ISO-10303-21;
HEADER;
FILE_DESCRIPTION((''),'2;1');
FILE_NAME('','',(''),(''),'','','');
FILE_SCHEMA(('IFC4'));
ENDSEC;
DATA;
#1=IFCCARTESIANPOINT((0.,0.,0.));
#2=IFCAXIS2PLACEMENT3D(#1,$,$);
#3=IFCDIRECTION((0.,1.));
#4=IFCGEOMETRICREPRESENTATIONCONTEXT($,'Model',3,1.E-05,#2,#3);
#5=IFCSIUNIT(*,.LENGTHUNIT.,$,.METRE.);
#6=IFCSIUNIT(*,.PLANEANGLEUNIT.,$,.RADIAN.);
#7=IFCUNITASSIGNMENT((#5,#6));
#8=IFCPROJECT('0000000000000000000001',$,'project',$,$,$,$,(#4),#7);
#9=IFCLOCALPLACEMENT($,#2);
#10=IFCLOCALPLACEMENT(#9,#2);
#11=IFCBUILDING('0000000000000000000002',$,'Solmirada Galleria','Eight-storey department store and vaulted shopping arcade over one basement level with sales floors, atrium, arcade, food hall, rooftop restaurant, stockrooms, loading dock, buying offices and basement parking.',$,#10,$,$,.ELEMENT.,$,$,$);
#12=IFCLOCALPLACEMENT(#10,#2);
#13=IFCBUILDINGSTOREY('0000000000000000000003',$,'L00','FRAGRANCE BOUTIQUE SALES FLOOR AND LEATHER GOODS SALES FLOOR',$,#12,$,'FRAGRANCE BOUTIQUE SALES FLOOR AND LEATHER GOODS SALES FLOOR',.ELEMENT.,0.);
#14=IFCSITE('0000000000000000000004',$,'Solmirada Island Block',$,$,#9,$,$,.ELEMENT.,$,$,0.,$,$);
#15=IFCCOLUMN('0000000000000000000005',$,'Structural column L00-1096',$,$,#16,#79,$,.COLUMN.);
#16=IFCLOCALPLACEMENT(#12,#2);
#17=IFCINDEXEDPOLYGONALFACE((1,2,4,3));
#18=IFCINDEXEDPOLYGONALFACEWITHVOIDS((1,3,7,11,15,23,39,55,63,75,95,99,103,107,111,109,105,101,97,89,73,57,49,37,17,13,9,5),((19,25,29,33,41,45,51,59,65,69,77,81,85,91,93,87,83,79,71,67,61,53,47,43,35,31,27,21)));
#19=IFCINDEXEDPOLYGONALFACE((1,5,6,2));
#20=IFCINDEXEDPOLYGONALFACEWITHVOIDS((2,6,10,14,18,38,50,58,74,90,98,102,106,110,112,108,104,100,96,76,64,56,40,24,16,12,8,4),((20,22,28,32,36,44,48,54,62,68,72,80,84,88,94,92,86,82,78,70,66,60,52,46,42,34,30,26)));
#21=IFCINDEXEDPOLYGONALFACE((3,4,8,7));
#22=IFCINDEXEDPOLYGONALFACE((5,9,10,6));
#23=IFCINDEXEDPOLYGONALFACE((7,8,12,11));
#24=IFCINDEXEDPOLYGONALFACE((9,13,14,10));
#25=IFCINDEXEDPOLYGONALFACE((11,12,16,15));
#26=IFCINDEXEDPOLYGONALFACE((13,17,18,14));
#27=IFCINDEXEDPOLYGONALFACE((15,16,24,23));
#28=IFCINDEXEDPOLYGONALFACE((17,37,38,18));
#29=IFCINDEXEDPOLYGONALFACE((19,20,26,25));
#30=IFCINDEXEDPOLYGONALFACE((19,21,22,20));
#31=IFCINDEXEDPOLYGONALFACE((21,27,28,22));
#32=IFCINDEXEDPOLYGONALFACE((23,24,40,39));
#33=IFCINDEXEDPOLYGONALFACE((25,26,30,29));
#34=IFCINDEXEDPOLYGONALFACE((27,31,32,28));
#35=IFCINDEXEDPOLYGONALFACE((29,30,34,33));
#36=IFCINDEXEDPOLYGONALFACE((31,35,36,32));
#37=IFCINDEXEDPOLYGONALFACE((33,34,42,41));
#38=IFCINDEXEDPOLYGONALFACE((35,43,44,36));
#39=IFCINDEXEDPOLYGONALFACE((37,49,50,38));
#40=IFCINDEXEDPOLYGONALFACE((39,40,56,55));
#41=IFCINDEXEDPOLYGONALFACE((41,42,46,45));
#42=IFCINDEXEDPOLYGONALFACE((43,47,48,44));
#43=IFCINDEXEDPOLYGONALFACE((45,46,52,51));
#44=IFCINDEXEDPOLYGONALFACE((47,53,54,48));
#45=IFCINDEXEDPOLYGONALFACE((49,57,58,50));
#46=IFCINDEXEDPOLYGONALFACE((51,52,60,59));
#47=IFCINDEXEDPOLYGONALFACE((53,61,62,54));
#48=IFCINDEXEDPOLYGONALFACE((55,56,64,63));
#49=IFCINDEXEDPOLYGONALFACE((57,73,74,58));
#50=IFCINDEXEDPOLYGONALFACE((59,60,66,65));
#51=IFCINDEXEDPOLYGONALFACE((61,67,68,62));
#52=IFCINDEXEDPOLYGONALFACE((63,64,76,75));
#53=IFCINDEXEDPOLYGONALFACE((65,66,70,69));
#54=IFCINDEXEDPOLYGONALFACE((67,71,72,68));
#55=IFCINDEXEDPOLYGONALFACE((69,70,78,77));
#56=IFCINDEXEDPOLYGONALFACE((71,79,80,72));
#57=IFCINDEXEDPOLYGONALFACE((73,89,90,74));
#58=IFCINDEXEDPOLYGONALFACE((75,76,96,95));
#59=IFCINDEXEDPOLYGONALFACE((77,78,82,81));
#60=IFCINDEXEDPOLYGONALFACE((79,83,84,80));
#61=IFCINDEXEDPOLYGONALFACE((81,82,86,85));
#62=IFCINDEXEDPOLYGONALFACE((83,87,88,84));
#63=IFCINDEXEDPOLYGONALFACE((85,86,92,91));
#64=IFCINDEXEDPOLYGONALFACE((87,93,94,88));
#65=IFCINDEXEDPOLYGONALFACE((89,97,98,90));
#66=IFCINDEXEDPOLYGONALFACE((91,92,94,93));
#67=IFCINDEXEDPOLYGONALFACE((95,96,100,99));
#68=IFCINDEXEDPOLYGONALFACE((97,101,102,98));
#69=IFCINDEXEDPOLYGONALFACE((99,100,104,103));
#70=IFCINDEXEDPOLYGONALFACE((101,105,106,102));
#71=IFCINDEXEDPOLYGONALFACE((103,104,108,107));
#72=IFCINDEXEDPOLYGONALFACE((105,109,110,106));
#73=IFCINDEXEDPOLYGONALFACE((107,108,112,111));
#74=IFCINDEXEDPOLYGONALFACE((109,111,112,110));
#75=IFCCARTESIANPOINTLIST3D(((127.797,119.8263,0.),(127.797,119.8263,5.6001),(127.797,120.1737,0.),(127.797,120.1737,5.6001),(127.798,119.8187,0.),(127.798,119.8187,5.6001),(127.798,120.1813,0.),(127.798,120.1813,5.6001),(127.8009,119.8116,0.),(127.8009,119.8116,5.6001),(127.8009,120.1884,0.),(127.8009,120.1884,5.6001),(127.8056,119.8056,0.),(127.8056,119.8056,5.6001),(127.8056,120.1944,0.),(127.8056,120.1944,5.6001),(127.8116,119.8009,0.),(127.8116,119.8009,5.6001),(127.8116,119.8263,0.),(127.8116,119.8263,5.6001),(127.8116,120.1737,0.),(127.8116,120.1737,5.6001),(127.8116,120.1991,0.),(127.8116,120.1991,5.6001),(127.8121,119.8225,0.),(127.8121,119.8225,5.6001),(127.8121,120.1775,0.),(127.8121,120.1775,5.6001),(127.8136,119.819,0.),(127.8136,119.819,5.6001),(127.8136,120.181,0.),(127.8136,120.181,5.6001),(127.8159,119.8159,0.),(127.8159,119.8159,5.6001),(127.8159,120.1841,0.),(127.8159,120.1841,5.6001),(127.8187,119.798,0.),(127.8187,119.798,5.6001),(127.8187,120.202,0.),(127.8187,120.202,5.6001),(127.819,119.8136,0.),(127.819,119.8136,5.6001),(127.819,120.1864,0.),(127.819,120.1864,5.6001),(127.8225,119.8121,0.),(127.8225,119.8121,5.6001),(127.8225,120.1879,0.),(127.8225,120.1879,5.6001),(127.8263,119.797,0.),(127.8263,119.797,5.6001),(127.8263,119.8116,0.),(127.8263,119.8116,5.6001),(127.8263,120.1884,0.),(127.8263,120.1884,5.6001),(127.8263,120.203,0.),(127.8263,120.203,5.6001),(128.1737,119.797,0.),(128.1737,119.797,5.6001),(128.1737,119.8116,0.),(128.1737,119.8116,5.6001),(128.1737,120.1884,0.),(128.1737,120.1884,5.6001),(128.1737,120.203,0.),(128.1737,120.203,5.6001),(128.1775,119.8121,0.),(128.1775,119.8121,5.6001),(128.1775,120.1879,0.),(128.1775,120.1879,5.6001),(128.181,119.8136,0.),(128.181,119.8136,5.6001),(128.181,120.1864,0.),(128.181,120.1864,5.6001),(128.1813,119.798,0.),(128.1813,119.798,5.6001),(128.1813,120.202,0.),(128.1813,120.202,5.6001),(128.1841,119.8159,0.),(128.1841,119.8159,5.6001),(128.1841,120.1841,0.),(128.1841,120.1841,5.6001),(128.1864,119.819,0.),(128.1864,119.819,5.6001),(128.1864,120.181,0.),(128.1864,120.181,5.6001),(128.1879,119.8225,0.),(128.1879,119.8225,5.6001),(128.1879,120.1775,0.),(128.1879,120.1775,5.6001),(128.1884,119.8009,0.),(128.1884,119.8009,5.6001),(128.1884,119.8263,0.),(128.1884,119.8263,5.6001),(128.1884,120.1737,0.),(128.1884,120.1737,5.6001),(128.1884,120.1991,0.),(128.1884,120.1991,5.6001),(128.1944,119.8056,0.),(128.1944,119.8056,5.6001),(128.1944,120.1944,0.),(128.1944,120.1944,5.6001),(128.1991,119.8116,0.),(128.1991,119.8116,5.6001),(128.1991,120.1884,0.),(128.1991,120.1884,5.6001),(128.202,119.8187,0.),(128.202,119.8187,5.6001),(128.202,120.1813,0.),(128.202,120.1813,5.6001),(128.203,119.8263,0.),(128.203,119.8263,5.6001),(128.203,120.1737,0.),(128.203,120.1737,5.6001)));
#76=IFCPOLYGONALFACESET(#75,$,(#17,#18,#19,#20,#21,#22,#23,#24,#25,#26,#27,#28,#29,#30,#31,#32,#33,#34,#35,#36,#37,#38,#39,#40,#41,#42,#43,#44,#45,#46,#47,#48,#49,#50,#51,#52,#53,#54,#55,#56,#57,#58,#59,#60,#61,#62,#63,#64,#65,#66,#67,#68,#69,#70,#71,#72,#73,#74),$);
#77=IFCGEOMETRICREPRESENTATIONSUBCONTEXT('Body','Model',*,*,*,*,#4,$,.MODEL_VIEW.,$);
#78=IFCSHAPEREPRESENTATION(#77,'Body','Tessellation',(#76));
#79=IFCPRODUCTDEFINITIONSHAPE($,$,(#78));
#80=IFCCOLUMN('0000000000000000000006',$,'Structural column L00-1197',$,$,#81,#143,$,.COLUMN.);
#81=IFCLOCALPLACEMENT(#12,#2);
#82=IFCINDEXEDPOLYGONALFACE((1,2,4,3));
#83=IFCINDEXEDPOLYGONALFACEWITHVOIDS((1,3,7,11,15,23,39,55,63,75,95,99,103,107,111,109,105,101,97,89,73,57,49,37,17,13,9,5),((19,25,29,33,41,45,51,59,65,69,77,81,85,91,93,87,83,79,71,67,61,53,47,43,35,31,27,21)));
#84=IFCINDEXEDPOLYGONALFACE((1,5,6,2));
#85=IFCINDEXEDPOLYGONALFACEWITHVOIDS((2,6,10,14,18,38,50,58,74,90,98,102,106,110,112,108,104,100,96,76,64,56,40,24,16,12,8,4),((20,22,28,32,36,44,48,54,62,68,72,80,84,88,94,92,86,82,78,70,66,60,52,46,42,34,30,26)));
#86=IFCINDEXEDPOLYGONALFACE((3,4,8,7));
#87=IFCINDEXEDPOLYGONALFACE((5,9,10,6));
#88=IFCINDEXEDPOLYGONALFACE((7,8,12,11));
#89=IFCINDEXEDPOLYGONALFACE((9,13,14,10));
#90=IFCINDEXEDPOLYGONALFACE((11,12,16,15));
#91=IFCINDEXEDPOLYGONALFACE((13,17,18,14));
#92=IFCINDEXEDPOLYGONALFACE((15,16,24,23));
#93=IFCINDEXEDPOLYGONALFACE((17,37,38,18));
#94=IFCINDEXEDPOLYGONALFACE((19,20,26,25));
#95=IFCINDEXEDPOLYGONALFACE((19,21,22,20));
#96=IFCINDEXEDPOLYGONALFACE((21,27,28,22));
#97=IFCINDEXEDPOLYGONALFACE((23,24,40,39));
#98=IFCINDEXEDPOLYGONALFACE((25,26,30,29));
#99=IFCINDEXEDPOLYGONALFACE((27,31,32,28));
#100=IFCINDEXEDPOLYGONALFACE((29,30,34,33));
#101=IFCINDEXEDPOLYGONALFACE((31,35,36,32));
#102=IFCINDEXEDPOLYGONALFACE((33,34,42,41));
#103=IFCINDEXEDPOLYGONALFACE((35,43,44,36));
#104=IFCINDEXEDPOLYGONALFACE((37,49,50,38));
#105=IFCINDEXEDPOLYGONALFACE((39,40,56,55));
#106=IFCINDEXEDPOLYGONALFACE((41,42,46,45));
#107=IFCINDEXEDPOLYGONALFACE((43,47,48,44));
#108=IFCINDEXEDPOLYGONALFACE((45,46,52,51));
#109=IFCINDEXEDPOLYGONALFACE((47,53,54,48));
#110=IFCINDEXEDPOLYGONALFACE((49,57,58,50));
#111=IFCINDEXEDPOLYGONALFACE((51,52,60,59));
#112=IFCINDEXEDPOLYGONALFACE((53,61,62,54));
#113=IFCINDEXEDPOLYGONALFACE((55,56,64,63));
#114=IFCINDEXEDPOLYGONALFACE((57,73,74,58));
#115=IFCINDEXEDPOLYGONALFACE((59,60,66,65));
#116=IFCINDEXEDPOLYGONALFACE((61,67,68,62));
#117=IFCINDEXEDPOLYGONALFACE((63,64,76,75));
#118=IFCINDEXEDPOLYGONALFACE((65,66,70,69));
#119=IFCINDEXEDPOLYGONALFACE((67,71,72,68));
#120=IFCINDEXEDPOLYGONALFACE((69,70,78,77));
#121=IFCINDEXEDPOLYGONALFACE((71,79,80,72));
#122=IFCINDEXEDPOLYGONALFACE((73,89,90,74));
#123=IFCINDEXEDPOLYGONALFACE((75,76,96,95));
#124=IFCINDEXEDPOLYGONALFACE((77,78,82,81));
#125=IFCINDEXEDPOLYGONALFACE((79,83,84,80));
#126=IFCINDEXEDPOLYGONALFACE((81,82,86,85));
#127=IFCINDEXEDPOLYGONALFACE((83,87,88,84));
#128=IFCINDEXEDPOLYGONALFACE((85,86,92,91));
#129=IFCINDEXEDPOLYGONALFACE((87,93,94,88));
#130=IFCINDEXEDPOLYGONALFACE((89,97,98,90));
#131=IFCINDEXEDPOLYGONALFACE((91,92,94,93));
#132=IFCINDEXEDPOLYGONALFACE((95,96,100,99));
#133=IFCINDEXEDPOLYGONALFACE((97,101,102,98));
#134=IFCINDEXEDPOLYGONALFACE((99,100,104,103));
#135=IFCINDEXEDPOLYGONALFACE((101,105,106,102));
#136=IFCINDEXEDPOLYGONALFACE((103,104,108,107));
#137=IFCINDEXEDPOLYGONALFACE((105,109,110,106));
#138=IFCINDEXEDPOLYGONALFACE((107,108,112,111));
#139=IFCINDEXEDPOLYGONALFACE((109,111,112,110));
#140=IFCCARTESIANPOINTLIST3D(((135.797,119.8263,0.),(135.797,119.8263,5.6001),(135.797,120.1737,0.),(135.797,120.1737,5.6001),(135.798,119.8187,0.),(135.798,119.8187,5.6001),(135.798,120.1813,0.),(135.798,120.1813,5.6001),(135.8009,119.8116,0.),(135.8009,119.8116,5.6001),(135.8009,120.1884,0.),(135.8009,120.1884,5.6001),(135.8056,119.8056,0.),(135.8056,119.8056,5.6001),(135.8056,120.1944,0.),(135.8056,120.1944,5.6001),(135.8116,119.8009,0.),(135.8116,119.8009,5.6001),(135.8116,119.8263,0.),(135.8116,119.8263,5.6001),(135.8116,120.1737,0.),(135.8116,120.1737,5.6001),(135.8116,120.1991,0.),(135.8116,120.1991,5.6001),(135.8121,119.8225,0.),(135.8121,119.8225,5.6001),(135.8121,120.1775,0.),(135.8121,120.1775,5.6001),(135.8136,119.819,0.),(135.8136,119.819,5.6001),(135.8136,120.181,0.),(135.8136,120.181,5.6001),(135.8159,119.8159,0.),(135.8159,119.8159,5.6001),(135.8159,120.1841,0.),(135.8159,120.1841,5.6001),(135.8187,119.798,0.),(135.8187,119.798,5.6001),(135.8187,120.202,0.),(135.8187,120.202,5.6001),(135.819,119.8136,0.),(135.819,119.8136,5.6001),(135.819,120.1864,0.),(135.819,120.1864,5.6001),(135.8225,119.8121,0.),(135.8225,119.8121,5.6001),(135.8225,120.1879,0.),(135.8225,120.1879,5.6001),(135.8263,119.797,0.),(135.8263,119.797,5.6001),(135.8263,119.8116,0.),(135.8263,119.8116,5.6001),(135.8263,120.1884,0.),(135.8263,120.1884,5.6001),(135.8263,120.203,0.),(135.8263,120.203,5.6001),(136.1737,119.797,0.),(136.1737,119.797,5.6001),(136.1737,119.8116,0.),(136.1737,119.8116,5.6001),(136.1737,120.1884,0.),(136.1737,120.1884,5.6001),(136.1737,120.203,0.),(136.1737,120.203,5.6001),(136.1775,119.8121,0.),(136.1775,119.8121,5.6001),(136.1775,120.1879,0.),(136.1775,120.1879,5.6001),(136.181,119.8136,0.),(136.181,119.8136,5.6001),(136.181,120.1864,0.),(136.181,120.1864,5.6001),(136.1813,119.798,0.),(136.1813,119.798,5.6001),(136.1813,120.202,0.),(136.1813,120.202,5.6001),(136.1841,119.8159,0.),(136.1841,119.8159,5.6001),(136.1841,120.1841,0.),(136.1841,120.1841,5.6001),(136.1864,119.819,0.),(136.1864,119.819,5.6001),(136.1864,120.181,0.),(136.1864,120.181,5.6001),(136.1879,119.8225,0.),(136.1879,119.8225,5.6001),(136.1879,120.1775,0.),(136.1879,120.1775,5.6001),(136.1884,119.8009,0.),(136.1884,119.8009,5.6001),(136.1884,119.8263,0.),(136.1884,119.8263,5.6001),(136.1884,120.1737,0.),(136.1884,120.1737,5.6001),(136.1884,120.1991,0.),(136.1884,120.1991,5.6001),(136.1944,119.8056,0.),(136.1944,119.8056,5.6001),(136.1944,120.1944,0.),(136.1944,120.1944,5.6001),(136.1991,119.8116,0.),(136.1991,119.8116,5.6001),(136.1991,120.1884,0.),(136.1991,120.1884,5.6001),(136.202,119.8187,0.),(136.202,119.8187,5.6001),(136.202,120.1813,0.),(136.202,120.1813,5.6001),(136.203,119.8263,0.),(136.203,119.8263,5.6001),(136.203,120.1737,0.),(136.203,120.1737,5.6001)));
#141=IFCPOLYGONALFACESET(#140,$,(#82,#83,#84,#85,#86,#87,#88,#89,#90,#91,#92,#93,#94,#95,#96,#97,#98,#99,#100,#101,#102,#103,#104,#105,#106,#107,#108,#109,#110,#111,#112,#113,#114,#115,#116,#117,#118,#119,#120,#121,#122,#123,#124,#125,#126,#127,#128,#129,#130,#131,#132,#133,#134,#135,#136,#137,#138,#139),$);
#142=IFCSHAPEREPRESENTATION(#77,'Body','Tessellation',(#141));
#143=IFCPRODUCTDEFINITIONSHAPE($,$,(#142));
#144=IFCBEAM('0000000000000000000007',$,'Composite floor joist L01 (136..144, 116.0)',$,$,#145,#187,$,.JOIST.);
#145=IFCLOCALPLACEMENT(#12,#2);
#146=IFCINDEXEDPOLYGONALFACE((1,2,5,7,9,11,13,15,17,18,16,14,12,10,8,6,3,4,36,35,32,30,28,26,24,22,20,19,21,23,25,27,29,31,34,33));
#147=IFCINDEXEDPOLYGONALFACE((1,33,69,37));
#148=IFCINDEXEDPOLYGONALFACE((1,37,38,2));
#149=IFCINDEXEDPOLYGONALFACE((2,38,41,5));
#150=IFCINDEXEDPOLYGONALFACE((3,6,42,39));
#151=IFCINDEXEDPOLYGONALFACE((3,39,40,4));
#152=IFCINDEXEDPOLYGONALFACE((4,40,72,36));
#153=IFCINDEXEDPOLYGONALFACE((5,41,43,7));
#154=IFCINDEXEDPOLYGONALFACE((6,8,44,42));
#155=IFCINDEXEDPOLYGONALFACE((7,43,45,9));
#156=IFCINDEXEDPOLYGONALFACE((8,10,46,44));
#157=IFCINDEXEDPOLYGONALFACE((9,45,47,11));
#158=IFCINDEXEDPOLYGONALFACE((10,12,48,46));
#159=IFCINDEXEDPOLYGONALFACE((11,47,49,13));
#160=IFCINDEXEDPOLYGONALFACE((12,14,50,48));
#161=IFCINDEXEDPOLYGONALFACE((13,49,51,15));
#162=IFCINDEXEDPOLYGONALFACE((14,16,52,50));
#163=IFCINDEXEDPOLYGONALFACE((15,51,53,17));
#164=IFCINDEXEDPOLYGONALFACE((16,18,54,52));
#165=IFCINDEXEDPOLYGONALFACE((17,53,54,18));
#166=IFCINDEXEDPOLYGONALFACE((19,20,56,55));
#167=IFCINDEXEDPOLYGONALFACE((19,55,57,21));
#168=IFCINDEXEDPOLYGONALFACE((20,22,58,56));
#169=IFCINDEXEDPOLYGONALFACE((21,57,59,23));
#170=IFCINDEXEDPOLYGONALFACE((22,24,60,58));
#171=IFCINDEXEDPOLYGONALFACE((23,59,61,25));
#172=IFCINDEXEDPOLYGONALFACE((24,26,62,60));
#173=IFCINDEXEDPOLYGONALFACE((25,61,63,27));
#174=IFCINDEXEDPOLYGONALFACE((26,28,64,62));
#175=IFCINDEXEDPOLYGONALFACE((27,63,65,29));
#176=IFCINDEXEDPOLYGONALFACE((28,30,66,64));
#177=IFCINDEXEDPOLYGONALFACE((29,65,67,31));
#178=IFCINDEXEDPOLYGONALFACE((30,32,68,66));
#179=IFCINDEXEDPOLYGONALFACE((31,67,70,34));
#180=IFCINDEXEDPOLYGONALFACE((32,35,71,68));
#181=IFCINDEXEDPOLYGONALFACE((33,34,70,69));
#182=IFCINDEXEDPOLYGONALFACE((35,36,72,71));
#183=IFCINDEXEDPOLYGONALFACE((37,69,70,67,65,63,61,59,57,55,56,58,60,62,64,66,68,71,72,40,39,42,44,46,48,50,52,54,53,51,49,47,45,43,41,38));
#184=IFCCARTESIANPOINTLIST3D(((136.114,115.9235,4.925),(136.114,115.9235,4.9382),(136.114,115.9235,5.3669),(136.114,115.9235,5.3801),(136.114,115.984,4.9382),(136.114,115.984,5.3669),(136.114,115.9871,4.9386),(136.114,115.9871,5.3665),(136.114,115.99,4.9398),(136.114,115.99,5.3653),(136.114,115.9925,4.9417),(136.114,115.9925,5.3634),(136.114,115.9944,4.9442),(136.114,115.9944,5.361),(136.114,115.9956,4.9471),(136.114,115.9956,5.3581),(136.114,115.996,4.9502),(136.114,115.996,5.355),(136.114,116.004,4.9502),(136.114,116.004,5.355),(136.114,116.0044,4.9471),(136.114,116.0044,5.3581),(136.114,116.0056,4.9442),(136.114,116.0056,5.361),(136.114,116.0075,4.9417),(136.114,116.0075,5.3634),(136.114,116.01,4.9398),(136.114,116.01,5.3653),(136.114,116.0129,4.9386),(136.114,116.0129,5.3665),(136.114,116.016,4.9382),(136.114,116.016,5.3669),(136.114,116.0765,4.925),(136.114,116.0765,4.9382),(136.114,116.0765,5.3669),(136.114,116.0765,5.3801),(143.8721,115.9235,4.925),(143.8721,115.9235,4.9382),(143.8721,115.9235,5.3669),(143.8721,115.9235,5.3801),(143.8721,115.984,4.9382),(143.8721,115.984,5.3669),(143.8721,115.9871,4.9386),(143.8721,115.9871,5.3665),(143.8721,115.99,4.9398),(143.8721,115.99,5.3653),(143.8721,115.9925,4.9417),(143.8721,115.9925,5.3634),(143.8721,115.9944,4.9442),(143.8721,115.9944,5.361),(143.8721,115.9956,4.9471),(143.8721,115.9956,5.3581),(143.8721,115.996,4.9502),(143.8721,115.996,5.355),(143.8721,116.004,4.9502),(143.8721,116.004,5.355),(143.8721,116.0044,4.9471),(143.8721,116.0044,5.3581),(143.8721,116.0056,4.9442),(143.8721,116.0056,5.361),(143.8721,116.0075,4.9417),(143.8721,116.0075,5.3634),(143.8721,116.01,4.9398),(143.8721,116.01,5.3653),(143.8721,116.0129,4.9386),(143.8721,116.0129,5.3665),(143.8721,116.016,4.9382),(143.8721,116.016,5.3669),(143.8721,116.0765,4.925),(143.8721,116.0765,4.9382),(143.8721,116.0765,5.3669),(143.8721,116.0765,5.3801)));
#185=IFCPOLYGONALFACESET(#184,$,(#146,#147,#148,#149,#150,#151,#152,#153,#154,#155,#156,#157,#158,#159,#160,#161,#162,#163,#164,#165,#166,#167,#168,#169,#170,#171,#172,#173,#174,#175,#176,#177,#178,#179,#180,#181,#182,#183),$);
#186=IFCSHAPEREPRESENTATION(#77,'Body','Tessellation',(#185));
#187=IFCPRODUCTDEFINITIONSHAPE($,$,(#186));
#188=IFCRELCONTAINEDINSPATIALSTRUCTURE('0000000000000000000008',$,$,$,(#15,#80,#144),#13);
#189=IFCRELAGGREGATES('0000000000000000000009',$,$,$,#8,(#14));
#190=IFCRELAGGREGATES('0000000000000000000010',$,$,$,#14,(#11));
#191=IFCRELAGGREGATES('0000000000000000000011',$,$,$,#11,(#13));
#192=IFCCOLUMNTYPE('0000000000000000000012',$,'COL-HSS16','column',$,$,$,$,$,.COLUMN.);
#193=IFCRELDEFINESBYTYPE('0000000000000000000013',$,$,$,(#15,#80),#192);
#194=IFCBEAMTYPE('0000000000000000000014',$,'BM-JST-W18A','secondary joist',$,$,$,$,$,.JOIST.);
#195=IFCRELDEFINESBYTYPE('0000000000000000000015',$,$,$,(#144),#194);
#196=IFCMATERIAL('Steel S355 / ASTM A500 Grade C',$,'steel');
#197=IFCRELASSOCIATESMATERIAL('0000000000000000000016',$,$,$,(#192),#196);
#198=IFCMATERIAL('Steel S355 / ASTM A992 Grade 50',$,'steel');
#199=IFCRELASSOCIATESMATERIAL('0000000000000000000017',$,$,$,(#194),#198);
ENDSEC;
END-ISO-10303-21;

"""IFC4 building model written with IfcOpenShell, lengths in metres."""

from ifc_helpers import new_model, si_unit, direction, frame, origin, origin_2d, place, context, subcontext, project, spatial, hollow_rectangle, i_section, extrude, material, material_profile, profile_set, type_object, element, save


model = new_model("IFC4")

# Units and contexts
model_context = context("Model", 3, precision=1e-05, world=origin(), true_north=direction((0.0, 1.0)))
body_context = subcontext(model_context, "Body", "Model", "MODEL_VIEW")
ifc_project = project(units=[si_unit("LENGTHUNIT", "METRE"), si_unit("PLANEANGLEUNIT", "RADIAN")], contexts=[model_context])

# Site, building, storey
site_placement = place(None, origin())
site = spatial("IfcSite", under=ifc_project, at=site_placement, Name="Solmirada Island Block", CompositionType="ELEMENT", RefElevation=0.0)
building_placement = place(site_placement, origin())
building = spatial("IfcBuilding", under=site, at=building_placement, Name="Solmirada Galleria", Description="Eight-storey department store and vaulted shopping arcade over one basement level with sales floors, atrium, arcade, food hall, rooftop restaurant, stockrooms, loading dock, buying offices and basement parking.", CompositionType="ELEMENT")
storey_placement = place(building_placement, origin())
storey = spatial("IfcBuildingStorey", under=building, at=storey_placement, Name="L00", Description="FRAGRANCE BOUTIQUE SALES FLOOR AND LEATHER GOODS SALES FLOOR", LongName="FRAGRANCE BOUTIQUE SALES FLOOR AND LEATHER GOODS SALES FLOOR", CompositionType="ELEMENT", Elevation=0.0)

# Columns
ifc_material_1 = material(Name="Steel S355 / ASTM A500 Grade C", Category="steel")
ifc_material_profile_1 = material_profile(ifc_material_1, hollow_rectangle(XDim=0.406, YDim=0.406, WallThickness=0.0146, InnerFilletRadius=0.0146, OuterFilletRadius=0.0293, at=origin_2d()), Name="HSS16X16X5/8")
ifc_profile_set_1 = profile_set([ifc_material_profile_1], Name="Steel S355 / ASTM A500 Grade C")
column_type = type_object("IfcColumnType", Name="COL-HSS16", Description="column", PredefinedType="COLUMN", material=ifc_profile_set_1)
for number, where, z_axis, x_axis, name in (
    (1, (128.0, 120.0, 0.0), (0.0, 0.0, 1.0), (1.0, 0.0, 0.0), "Structural column L00-1096"),
    (2, (136.0, 120.0, 0.0), (0.0, 0.0, 1.0), (1.0, 0.0, 0.0), "Structural column L00-1197"),
):
    element("IfcColumn", number, at=place(storey_placement, frame(where, z_axis=z_axis, x_axis=x_axis)), inside=storey, type_object=column_type, Name=name, PredefinedType="COLUMN", context=body_context, shape_type="SweptSolid", body=[
        extrude(hollow_rectangle(XDim=0.406, YDim=0.406, WallThickness=0.0146, InnerFilletRadius=0.0146, OuterFilletRadius=0.0293, at=origin_2d()), origin(), (0.0, 0.0, 1.0), 5.6001),
    ])

# Beam
ifc_material_2 = material(Name="Steel S355 / ASTM A992 Grade 50", Category="steel")
ifc_material_profile_2 = material_profile(ifc_material_2, i_section(OverallWidth=0.1531, OverallDepth=0.4551, WebThickness=0.0081, FlangeThickness=0.0132, FilletRadius=0.012, at=origin_2d()), Name="W18X40")
ifc_profile_set_2 = profile_set([ifc_material_profile_2], Name="Steel S355 / ASTM A992 Grade 50")
beam_type_1 = type_object("IfcBeamType", Name="BM-JST-W18A", Description="secondary joist", PredefinedType="JOIST", material=ifc_profile_set_2)
beam_placement = place(storey_placement, frame((136.114, 116.0, 5.1526), z_axis=(1.0, 0.0, 0.0), x_axis=(0.0, 1.0, 0.0)))
element("IfcBeam", 3, at=beam_placement, inside=storey, type_object=beam_type_1, Name="Composite floor joist L01 (136..144, 116.0)", PredefinedType="JOIST", context=body_context, shape_type="SweptSolid", body=[
    extrude(i_section(OverallWidth=0.1531, OverallDepth=0.4551, WebThickness=0.0081, FlangeThickness=0.0132, FilletRadius=0.012, at=origin_2d()), origin(), (0.0, 0.0, 1.0), 7.7581),
])

save(model, "model.ifc")
